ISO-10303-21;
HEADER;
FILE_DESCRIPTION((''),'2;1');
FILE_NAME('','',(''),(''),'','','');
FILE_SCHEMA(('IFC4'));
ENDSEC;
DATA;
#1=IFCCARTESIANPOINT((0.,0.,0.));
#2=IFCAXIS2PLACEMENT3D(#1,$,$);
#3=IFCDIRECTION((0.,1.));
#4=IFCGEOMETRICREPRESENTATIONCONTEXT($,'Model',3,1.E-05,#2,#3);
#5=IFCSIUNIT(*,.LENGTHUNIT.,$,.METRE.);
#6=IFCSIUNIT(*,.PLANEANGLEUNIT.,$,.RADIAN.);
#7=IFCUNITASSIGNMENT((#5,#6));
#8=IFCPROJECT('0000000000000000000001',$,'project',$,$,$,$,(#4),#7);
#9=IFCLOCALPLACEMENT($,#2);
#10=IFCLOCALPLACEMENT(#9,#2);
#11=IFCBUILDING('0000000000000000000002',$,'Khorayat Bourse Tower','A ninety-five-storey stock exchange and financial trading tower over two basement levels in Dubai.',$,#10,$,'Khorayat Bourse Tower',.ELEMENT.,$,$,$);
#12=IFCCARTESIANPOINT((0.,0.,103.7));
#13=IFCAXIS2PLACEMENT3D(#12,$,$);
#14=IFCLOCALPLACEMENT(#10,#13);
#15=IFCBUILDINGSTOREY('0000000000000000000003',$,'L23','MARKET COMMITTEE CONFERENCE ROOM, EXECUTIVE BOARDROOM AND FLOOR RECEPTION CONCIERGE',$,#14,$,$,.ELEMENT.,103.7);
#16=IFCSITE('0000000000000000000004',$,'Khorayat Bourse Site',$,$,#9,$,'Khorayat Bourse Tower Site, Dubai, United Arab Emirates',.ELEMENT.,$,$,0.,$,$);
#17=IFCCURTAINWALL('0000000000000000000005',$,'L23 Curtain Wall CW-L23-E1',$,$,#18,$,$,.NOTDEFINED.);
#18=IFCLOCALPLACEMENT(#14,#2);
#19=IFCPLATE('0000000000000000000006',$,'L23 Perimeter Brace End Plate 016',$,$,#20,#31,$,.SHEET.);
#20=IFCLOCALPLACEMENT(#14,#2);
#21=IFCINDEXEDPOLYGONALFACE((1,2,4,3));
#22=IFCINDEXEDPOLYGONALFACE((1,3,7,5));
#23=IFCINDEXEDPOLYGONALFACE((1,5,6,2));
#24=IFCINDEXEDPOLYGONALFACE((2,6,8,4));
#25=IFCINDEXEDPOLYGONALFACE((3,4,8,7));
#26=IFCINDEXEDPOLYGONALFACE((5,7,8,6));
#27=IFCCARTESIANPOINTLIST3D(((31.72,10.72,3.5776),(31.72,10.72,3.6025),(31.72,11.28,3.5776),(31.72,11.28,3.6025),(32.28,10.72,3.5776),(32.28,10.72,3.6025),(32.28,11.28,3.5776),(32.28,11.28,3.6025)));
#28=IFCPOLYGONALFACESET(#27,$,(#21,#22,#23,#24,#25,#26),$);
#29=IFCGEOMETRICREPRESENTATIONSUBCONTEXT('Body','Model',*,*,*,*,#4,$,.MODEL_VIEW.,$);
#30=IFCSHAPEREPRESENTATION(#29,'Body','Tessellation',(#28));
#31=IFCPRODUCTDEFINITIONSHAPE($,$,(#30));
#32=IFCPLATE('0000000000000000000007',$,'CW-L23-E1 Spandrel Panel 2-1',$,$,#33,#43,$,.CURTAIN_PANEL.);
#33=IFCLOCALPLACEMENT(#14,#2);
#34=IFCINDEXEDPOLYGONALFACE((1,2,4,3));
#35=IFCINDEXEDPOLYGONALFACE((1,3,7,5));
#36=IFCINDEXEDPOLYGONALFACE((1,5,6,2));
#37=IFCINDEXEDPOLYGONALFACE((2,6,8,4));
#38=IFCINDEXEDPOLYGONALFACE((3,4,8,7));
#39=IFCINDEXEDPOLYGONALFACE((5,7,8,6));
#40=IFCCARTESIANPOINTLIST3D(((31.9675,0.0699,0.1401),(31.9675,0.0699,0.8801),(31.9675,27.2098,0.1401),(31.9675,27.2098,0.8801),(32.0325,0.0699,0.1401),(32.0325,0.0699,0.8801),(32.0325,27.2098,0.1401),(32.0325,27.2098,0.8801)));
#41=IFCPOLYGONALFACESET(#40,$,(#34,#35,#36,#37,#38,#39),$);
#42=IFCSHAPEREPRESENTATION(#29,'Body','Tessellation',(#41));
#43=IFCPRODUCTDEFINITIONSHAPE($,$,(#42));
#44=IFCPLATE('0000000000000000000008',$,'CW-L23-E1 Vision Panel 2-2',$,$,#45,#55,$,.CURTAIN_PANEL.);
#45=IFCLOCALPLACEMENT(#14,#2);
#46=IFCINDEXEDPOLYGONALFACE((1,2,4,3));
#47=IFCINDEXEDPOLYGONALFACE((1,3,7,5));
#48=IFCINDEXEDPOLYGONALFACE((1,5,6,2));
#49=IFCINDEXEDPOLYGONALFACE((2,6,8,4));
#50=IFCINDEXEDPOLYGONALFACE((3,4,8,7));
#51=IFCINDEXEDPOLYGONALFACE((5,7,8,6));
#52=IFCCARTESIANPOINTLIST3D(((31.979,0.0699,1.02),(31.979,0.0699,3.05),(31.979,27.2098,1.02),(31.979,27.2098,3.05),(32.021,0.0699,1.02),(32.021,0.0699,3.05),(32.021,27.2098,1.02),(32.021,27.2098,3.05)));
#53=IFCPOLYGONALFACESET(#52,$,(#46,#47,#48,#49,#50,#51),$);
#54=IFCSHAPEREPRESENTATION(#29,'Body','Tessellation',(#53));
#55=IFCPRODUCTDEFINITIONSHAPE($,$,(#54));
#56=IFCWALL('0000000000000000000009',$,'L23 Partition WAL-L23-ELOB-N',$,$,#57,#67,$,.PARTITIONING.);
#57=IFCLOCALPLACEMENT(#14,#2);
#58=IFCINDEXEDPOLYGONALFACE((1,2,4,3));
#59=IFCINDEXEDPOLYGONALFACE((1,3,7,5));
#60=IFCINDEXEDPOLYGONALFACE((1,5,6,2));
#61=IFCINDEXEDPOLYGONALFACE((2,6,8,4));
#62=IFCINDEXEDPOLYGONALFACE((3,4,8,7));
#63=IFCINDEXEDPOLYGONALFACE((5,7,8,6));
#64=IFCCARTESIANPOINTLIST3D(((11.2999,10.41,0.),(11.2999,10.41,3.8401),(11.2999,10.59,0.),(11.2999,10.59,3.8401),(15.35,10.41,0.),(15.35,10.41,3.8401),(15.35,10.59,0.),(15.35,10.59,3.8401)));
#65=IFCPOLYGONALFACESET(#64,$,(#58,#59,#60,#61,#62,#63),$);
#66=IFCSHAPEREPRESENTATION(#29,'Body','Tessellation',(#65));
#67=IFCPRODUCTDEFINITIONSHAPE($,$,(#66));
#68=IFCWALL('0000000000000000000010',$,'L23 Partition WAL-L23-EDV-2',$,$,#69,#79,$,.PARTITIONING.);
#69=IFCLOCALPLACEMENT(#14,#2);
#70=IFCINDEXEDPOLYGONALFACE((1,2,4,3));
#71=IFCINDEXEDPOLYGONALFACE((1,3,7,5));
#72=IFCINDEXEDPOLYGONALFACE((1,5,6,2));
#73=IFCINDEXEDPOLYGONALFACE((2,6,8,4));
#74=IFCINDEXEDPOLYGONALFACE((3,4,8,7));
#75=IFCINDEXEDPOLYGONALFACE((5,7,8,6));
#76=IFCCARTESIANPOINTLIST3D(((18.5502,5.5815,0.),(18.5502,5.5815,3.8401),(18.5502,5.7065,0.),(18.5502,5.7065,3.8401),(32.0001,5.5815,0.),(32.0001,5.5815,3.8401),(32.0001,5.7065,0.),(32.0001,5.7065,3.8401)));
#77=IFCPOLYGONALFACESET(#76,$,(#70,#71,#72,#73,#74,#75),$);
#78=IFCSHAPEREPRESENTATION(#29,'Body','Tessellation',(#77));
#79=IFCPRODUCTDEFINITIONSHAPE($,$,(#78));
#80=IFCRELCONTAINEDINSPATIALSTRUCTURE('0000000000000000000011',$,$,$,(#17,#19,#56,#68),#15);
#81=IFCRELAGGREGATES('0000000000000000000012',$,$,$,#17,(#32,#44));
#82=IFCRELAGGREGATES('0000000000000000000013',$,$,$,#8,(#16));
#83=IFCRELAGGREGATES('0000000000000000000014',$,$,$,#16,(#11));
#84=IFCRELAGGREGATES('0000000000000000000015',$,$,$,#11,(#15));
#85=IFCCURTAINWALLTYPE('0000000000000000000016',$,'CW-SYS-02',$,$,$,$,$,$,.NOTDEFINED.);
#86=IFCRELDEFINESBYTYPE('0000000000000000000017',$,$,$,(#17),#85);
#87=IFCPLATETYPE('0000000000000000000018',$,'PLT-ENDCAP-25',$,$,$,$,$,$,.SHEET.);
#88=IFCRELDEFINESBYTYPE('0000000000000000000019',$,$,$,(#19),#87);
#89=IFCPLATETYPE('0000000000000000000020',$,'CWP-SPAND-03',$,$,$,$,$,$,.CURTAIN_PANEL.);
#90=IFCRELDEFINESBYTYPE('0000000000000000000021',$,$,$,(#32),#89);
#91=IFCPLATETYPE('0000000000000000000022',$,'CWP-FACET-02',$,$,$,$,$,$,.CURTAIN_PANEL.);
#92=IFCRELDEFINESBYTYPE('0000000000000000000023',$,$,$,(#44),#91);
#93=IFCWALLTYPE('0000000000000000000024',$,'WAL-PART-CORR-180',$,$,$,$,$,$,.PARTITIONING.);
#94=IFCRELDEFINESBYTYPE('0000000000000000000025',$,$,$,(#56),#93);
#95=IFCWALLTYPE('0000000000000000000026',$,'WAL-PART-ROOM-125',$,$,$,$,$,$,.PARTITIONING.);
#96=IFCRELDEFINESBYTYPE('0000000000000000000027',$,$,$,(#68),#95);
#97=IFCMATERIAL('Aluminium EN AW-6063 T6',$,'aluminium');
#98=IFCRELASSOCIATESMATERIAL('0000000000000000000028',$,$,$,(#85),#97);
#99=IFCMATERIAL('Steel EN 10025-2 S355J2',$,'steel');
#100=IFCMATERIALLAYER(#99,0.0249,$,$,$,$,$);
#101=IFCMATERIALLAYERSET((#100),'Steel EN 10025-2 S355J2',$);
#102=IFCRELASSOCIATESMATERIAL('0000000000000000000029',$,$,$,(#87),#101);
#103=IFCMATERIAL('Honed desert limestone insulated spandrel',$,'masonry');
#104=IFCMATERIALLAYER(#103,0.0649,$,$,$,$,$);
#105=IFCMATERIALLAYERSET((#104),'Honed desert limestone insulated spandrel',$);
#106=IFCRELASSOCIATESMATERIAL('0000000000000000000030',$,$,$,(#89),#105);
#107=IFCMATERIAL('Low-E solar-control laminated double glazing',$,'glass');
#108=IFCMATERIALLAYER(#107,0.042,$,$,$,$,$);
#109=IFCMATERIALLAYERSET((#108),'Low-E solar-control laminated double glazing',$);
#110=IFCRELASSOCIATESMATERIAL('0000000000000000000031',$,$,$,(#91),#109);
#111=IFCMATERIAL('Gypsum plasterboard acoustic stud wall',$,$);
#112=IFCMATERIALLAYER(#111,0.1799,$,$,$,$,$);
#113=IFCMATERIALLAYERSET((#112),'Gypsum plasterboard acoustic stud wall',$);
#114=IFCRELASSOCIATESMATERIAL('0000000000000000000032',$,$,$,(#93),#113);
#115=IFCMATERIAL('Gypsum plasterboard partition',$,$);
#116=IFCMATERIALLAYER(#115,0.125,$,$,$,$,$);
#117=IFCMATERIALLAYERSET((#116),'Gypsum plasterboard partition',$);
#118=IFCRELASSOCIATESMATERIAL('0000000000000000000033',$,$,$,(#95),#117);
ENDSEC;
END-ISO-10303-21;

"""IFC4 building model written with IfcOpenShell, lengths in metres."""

from ifc_helpers import new_model, si_unit, direction, frame, frame_2d, origin, origin_2d, place, context, subcontext, project, spatial, rectangle, extrude, source, transform, mapped, material, layer, layer_set, type_object, element, aggregate, save


model = new_model("IFC4")

# Units and contexts
model_context = context("Model", 3, precision=1e-05, world=origin(), true_north=direction((0.0, 1.0)))
body_context = subcontext(model_context, "Body", "Model", "MODEL_VIEW")
ifc_project = project(units=[si_unit("LENGTHUNIT", "METRE"), si_unit("PLANEANGLEUNIT", "RADIAN")], contexts=[model_context])

# Site, building, storey
site_placement = place(None, origin())
site = spatial("IfcSite", under=ifc_project, at=site_placement, Name="Khorayat Bourse Site", LongName="Khorayat Bourse Tower Site, Dubai, United Arab Emirates", CompositionType="ELEMENT", RefElevation=0.0)
building_placement = place(site_placement, origin())
building = spatial("IfcBuilding", under=site, at=building_placement, Name="Khorayat Bourse Tower", Description="A ninety-five-storey stock exchange and financial trading tower over two basement levels in Dubai.", LongName="Khorayat Bourse Tower", CompositionType="ELEMENT")
storey_placement = place(building_placement, frame((0.0, 0.0, 103.7)))
storey = spatial("IfcBuildingStorey", under=building, at=storey_placement, Name="L23", Description="MARKET COMMITTEE CONFERENCE ROOM, EXECUTIVE BOARDROOM AND FLOOR RECEPTION CONCIERGE", CompositionType="ELEMENT", Elevation=103.7)

# Curtain wall
ifc_material_1 = material(Name="Aluminium EN AW-6063 T6", Category="aluminium")
curtain_wall_type = type_object("IfcCurtainWallType", Name="CW-SYS-02", PredefinedType="NOTDEFINED", material=ifc_material_1)
curtain_wall_placement = place(storey_placement, origin())
curtain_wall = element("IfcCurtainWall", 1, at=curtain_wall_placement, inside=storey, type_object=curtain_wall_type, Name="L23 Curtain Wall CW-L23-E1", PredefinedType="NOTDEFINED")

# Plate
ifc_material_2 = material(Name="Steel EN 10025-2 S355J2", Category="steel")
ifc_layer_1 = layer(ifc_material_2, 0.0249)
ifc_layer_set_1 = layer_set([ifc_layer_1], Name="Steel EN 10025-2 S355J2")
plate_type_1 = type_object("IfcPlateType", Name="PLT-ENDCAP-25", PredefinedType="SHEET", material=ifc_layer_set_1)
shared_shape_1 = source(origin(), body_context, "Body", "SweptSolid", [
    extrude(rectangle(XDim=0.5601, YDim=0.5601, at=origin_2d()), origin(), (0.0, 0.0, 1.0), 0.0249),
])
for number, where, z_axis, x_axis, name in (
    (2, (32.0, 11.0, 3.5776), (0.0, 0.0, 1.0), (1.0, 0.0, 0.0), "L23 Perimeter Brace End Plate 016"),
):
    element("IfcPlate", number, at=place(storey_placement, frame(where, z_axis=z_axis, x_axis=x_axis)), inside=storey, type_object=plate_type_1, Name=name, PredefinedType="SHEET", context=body_context, shape_type="MappedRepresentation", body=[
        mapped(shared_shape_1, transform((0.0, 0.0, 0.0), scale=1.0)),
    ])

# Plates
ifc_material_3 = material(Name="Honed desert limestone insulated spandrel", Category="masonry")
ifc_layer_2 = layer(ifc_material_3, 0.0649)
ifc_layer_set_2 = layer_set([ifc_layer_2], Name="Honed desert limestone insulated spandrel")
plate_type_2 = type_object("IfcPlateType", Name="CWP-SPAND-03", PredefinedType="CURTAIN_PANEL", material=ifc_layer_set_2)
shared_shape_2 = source(origin(), body_context, "Body", "SweptSolid", [
    extrude(rectangle(XDim=27.1399, YDim=0.0649, at=origin_2d()), origin(), (0.0, 0.0, 1.0), 0.74),
])
plate_1_placement = place(storey_placement, frame((32.0, 13.6399, 0.1401), z_axis=(0.0, 0.0, 1.0), x_axis=(0.0, 1.0, 0.0)))
plate_1 = element("IfcPlate", 3, at=plate_1_placement, type_object=plate_type_2, Name="CW-L23-E1 Spandrel Panel 2-1", PredefinedType="CURTAIN_PANEL", context=body_context, shape_type="MappedRepresentation", body=[
    mapped(shared_shape_2, transform((0.0, 0.0, 0.0), scale=1.0)),
])
ifc_material_4 = material(Name="Low-E solar-control laminated double glazing", Category="glass")
ifc_layer_3 = layer(ifc_material_4, 0.042)
ifc_layer_set_3 = layer_set([ifc_layer_3], Name="Low-E solar-control laminated double glazing")
plate_type_3 = type_object("IfcPlateType", Name="CWP-FACET-02", PredefinedType="CURTAIN_PANEL", material=ifc_layer_set_3)
shared_shape_3 = source(origin(), body_context, "Body", "SweptSolid", [
    extrude(rectangle(XDim=27.1399, YDim=0.042, at=origin_2d()), origin(), (0.0, 0.0, 1.0), 2.03),
])
plate_2_placement = place(storey_placement, frame((32.0, 13.6399, 1.02), z_axis=(0.0, 0.0, 1.0), x_axis=(0.0, 1.0, 0.0)))
plate_2 = element("IfcPlate", 4, at=plate_2_placement, type_object=plate_type_3, Name="CW-L23-E1 Vision Panel 2-2", PredefinedType="CURTAIN_PANEL", context=body_context, shape_type="MappedRepresentation", body=[
    mapped(shared_shape_3, transform((0.0, 0.0, 0.0), scale=1.0)),
])
aggregate(curtain_wall, [plate_1, plate_2])

# Walls
ifc_material_5 = material(Name="Gypsum plasterboard acoustic stud wall")
ifc_layer_4 = layer(ifc_material_5, 0.1799)
ifc_layer_set_4 = layer_set([ifc_layer_4], Name="Gypsum plasterboard acoustic stud wall")
wall_type_1 = type_object("IfcWallType", Name="WAL-PART-CORR-180", PredefinedType="PARTITIONING", material=ifc_layer_set_4)
shared_shape_4 = source(origin(), body_context, "Body", "SweptSolid", [
    extrude(rectangle(XDim=4.05, YDim=0.1799, at=frame_2d((2.0249, 0.0))), origin(), (0.0, 0.0, 1.0), 3.8401),
])
wall_1_placement = place(storey_placement, frame((11.3, 10.5, 0.0), z_axis=(0.0, 0.0, 1.0), x_axis=(1.0, 0.0, 0.0)))
element("IfcWall", 5, at=wall_1_placement, inside=storey, type_object=wall_type_1, Name="L23 Partition WAL-L23-ELOB-N", PredefinedType="PARTITIONING", context=body_context, shape_type="MappedRepresentation", body=[
    mapped(shared_shape_4, transform((0.0, 0.0, 0.0), scale=1.0)),
])
ifc_material_6 = material(Name="Gypsum plasterboard partition")
ifc_layer_5 = layer(ifc_material_6, 0.125)
ifc_layer_set_5 = layer_set([ifc_layer_5], Name="Gypsum plasterboard partition")
wall_type_2 = type_object("IfcWallType", Name="WAL-PART-ROOM-125", PredefinedType="PARTITIONING", material=ifc_layer_set_5)
shared_shape_5 = source(origin(), body_context, "Body", "SweptSolid", [
    extrude(rectangle(XDim=13.45, YDim=0.125, at=frame_2d((6.7251, 0.0))), origin(), (0.0, 0.0, 1.0), 3.8401),
])
wall_2_placement = place(storey_placement, frame((18.55, 5.644, 0.0), z_axis=(0.0, 0.0, 1.0), x_axis=(1.0, 0.0, 0.0)))
element("IfcWall", 6, at=wall_2_placement, inside=storey, type_object=wall_type_2, Name="L23 Partition WAL-L23-EDV-2", PredefinedType="PARTITIONING", context=body_context, shape_type="MappedRepresentation", body=[
    mapped(shared_shape_5, transform((0.0, 0.0, 0.0), scale=1.0)),
])

save(model, "model.ifc")
